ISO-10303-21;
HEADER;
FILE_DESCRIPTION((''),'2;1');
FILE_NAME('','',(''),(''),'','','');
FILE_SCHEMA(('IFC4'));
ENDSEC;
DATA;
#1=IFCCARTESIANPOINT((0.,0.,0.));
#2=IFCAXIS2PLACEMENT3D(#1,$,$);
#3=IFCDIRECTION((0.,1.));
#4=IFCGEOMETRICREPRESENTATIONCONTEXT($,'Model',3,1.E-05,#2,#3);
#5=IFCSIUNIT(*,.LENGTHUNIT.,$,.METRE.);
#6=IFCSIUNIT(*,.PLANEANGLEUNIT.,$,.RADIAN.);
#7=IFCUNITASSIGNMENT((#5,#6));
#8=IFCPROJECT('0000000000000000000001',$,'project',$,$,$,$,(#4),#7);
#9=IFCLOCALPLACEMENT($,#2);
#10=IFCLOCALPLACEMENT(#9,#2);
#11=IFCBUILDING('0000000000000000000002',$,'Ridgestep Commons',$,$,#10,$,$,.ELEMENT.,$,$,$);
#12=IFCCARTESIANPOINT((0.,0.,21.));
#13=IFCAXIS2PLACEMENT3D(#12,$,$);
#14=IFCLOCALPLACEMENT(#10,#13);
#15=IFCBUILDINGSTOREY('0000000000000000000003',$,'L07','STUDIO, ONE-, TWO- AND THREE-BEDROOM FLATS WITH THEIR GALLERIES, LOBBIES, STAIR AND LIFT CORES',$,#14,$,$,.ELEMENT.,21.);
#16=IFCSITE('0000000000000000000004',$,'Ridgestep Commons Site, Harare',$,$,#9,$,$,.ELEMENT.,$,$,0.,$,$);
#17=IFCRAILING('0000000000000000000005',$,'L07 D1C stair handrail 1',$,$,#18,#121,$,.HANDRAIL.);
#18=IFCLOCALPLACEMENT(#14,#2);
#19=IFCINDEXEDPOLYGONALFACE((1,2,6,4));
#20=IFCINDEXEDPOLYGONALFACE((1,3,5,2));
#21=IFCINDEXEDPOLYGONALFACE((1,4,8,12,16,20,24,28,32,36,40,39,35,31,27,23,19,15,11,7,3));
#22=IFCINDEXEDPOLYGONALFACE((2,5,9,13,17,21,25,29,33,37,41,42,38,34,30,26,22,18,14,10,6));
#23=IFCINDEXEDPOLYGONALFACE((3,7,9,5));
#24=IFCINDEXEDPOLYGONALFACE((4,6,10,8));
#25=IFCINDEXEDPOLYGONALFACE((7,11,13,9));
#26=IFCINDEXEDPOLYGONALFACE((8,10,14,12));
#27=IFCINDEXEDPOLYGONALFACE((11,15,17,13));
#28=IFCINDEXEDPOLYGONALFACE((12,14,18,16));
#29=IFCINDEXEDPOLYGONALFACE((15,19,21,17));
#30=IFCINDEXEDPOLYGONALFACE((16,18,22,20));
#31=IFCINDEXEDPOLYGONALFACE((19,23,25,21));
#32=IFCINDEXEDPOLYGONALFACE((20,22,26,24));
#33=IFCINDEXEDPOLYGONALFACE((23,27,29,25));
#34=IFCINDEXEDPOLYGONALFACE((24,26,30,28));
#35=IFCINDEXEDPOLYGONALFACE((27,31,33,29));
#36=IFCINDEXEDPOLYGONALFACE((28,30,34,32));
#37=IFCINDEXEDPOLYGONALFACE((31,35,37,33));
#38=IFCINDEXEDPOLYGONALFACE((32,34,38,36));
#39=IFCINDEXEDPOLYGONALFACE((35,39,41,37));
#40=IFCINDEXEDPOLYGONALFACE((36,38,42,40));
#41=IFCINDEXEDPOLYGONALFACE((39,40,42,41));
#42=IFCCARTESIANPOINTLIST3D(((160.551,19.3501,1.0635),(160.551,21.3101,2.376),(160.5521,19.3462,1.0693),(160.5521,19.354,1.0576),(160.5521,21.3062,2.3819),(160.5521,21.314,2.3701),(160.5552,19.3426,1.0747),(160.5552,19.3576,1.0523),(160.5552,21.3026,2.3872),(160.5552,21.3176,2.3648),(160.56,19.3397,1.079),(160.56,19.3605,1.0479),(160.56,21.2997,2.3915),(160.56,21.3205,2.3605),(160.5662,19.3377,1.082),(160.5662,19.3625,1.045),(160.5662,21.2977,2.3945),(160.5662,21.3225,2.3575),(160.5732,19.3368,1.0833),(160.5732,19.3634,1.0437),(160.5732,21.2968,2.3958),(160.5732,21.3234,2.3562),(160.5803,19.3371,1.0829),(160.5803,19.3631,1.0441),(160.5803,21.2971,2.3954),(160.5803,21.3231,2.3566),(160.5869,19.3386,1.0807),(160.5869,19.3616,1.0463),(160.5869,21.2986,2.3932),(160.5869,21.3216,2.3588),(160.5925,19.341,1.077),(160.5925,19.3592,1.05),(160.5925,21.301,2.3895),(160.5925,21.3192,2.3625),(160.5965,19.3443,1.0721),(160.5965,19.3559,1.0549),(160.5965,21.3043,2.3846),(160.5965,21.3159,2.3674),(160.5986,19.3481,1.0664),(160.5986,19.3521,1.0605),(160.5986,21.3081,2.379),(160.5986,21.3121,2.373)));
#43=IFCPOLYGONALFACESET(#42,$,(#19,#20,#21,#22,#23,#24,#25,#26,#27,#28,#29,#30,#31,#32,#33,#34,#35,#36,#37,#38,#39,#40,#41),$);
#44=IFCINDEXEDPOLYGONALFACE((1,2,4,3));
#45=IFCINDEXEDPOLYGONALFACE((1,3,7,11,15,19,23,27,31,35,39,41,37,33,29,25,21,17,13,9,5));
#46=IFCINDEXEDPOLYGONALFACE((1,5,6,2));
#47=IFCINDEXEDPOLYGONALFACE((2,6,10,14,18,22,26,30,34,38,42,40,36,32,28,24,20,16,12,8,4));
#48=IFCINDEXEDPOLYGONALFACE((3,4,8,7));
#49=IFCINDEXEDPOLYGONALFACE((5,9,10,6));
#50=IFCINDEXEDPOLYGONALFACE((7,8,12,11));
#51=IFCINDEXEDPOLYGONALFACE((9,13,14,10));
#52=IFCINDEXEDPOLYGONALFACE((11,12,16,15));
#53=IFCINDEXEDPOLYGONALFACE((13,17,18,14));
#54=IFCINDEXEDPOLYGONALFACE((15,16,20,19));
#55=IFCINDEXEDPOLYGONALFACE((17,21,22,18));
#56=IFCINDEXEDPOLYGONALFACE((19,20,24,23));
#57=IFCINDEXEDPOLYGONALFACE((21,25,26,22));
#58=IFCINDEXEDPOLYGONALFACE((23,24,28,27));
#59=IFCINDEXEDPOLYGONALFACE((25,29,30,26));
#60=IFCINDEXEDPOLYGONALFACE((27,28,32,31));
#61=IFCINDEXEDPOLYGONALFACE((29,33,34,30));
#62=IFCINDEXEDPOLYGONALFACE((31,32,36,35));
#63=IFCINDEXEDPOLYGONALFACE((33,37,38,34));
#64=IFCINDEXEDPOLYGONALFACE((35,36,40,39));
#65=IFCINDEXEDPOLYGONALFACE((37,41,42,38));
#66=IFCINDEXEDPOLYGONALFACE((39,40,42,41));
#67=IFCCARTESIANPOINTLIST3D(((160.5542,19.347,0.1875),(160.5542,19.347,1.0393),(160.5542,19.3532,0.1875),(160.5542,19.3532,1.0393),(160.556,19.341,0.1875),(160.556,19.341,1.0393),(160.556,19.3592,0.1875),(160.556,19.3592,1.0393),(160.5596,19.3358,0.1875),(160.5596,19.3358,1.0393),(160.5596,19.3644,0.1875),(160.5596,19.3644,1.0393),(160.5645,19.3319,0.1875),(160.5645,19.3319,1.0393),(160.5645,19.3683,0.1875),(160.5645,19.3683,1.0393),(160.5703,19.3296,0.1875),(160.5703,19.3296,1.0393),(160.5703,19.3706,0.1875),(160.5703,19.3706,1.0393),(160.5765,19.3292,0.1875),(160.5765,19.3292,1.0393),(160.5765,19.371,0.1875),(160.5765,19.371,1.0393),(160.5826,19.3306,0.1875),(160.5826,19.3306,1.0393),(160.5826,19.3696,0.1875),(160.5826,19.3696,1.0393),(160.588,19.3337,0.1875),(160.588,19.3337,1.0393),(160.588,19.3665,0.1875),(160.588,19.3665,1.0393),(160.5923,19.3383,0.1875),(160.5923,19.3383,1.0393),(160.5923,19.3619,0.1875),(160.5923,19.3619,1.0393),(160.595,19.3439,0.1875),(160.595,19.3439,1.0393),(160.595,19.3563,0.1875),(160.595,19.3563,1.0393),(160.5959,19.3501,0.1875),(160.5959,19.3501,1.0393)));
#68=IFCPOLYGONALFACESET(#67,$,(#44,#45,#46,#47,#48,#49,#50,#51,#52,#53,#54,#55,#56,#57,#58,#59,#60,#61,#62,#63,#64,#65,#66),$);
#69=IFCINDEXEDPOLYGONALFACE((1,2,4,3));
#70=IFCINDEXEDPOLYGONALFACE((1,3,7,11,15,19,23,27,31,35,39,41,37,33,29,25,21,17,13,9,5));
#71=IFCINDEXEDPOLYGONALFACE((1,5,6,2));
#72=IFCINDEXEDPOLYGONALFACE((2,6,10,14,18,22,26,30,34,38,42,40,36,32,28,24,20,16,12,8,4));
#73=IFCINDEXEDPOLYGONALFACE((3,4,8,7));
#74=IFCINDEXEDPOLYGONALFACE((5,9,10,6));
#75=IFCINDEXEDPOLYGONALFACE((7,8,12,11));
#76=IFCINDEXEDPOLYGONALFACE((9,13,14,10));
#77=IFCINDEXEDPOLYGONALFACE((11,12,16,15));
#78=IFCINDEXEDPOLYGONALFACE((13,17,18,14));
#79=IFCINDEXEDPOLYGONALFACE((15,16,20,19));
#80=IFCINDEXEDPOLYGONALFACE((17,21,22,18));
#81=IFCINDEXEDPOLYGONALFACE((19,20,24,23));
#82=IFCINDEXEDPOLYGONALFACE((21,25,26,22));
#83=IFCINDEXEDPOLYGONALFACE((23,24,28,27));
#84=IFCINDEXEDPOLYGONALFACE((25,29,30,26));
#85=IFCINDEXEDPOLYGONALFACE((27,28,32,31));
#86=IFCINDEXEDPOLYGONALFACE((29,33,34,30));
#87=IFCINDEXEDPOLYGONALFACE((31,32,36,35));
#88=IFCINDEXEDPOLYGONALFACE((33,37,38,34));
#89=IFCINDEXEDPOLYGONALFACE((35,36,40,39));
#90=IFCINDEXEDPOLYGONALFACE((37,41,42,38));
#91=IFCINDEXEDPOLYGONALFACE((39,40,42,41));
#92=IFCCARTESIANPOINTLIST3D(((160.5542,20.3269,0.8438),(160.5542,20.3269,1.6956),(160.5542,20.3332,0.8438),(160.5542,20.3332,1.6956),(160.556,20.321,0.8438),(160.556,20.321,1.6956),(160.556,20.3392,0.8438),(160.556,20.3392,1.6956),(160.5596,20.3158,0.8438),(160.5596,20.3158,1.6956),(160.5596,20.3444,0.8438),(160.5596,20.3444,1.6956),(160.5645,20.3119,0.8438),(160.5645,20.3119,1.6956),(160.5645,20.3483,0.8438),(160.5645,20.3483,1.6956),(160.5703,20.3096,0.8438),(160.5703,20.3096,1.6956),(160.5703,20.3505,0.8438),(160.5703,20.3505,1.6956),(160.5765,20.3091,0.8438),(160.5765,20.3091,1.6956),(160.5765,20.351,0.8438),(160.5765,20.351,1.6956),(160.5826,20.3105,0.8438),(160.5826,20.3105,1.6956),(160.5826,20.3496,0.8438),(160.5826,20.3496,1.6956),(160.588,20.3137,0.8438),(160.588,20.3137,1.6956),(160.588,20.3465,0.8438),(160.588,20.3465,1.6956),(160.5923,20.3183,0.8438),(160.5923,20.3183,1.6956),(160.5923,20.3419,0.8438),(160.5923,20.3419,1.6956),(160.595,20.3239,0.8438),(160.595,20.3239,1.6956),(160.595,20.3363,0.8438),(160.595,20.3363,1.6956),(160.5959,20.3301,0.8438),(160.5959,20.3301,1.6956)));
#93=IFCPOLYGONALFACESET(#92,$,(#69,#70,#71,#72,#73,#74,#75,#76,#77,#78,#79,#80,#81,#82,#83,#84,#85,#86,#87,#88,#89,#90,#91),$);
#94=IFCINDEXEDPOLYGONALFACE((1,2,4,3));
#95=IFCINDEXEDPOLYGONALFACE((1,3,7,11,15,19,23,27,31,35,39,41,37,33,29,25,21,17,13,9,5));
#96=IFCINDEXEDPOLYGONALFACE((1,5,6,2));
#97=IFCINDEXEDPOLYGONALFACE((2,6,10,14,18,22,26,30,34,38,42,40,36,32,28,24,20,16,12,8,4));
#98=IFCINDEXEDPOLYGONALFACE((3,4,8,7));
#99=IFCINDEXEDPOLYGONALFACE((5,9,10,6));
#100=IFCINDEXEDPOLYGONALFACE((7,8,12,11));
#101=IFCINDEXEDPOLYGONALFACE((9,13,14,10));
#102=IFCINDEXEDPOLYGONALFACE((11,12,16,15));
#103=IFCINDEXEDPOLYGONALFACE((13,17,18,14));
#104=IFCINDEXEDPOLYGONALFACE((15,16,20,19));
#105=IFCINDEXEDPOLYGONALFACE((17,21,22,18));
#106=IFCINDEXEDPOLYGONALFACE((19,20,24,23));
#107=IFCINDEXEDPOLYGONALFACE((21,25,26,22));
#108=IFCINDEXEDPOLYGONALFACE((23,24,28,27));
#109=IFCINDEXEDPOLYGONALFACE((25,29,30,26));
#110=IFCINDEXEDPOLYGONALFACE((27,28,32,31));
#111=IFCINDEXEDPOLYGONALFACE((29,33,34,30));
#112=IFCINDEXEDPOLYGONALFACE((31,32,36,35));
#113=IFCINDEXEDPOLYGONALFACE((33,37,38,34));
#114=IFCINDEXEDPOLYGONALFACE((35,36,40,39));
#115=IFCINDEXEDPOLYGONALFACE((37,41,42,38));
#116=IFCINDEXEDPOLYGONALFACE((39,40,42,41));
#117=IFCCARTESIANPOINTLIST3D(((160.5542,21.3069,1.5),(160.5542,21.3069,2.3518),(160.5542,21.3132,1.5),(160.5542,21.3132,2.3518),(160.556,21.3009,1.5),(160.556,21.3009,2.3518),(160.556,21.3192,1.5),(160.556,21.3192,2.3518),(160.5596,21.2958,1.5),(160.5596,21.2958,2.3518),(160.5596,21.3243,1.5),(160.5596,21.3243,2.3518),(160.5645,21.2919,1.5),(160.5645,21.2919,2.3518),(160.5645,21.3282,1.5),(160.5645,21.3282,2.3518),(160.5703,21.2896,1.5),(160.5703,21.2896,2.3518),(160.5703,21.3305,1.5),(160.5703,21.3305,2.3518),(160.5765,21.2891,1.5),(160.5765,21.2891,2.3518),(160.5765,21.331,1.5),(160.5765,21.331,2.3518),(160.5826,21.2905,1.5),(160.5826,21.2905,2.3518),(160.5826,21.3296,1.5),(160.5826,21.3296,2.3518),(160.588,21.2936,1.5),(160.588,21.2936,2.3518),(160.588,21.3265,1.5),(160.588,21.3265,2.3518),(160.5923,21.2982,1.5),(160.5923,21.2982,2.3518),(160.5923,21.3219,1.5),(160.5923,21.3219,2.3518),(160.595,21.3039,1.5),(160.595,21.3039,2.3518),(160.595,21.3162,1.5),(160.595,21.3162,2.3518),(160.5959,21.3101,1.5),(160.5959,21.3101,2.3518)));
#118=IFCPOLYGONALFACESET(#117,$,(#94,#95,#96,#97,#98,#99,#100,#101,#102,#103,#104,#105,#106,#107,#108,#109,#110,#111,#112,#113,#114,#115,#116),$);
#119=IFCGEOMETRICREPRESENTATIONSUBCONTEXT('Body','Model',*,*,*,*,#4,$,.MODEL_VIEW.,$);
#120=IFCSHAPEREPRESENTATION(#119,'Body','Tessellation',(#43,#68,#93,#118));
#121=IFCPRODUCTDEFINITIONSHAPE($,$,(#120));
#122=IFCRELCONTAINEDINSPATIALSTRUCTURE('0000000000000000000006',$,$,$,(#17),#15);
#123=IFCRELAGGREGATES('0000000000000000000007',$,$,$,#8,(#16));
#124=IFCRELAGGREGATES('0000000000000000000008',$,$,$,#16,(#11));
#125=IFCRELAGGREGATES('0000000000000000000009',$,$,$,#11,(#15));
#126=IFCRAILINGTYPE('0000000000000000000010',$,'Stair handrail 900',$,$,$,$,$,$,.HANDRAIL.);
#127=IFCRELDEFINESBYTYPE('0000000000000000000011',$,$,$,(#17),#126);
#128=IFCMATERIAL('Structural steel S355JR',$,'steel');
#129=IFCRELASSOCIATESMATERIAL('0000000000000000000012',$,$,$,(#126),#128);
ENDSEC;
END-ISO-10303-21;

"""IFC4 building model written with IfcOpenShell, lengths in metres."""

from ifc_helpers import new_model, si_unit, direction, frame, origin, origin_2d, place, context, subcontext, project, spatial, circle, extrude, material, type_object, element, save


model = new_model("IFC4")

# Units and contexts
model_context = context("Model", 3, precision=1e-05, world=origin(), true_north=direction((0.0, 1.0)))
body_context = subcontext(model_context, "Body", "Model", "MODEL_VIEW")
ifc_project = project(units=[si_unit("LENGTHUNIT", "METRE"), si_unit("PLANEANGLEUNIT", "RADIAN")], contexts=[model_context])

# Site, building, storey
site_placement = place(None, origin())
site = spatial("IfcSite", under=ifc_project, at=site_placement, Name="Ridgestep Commons Site, Harare", CompositionType="ELEMENT", RefElevation=0.0)
building_placement = place(site_placement, origin())
building = spatial("IfcBuilding", under=site, at=building_placement, Name="Ridgestep Commons", CompositionType="ELEMENT")
storey_placement = place(building_placement, frame((0.0, 0.0, 21.0)))
storey = spatial("IfcBuildingStorey", under=building, at=storey_placement, Name="L07", Description="STUDIO, ONE-, TWO- AND THREE-BEDROOM FLATS WITH THEIR GALLERIES, LOBBIES, STAIR AND LIFT CORES", CompositionType="ELEMENT", Elevation=21.0)

# Railing
ifc_material_1 = material(Name="Structural steel S355JR", Category="steel")
railing_type_1 = type_object("IfcRailingType", Name="Stair handrail 900", PredefinedType="HANDRAIL", material=ifc_material_1)
railing_1_placement = place(storey_placement, frame((160.575, 19.3501, 0.1875)))
element("IfcRailing", 1, at=railing_1_placement, inside=storey, type_object=railing_type_1, Name="L07 D1C stair handrail 1", PredefinedType="HANDRAIL", context=body_context, shape_type="SweptSolid", body=[
    extrude(circle(Radius=0.0239, at=origin_2d()), frame((0.0, 0.0, 0.876), z_axis=(0.0, 0.830902, 0.556419), x_axis=(-1.0, 0.0, 0.0)), (0.0, 0.0, 1.0), 2.3589),
    extrude(circle(Radius=0.021, at=origin_2d()), origin(), (0.0, 0.0, 1.0), 0.8518),
    extrude(circle(Radius=0.021, at=origin_2d()), frame((0.0, 0.98, 0.6562)), (0.0, 0.0, 1.0), 0.8518),
    extrude(circle(Radius=0.021, at=origin_2d()), frame((0.0, 1.96, 1.3125)), (0.0, 0.0, 1.0), 0.8518),
])

save(model, "model.ifc")
